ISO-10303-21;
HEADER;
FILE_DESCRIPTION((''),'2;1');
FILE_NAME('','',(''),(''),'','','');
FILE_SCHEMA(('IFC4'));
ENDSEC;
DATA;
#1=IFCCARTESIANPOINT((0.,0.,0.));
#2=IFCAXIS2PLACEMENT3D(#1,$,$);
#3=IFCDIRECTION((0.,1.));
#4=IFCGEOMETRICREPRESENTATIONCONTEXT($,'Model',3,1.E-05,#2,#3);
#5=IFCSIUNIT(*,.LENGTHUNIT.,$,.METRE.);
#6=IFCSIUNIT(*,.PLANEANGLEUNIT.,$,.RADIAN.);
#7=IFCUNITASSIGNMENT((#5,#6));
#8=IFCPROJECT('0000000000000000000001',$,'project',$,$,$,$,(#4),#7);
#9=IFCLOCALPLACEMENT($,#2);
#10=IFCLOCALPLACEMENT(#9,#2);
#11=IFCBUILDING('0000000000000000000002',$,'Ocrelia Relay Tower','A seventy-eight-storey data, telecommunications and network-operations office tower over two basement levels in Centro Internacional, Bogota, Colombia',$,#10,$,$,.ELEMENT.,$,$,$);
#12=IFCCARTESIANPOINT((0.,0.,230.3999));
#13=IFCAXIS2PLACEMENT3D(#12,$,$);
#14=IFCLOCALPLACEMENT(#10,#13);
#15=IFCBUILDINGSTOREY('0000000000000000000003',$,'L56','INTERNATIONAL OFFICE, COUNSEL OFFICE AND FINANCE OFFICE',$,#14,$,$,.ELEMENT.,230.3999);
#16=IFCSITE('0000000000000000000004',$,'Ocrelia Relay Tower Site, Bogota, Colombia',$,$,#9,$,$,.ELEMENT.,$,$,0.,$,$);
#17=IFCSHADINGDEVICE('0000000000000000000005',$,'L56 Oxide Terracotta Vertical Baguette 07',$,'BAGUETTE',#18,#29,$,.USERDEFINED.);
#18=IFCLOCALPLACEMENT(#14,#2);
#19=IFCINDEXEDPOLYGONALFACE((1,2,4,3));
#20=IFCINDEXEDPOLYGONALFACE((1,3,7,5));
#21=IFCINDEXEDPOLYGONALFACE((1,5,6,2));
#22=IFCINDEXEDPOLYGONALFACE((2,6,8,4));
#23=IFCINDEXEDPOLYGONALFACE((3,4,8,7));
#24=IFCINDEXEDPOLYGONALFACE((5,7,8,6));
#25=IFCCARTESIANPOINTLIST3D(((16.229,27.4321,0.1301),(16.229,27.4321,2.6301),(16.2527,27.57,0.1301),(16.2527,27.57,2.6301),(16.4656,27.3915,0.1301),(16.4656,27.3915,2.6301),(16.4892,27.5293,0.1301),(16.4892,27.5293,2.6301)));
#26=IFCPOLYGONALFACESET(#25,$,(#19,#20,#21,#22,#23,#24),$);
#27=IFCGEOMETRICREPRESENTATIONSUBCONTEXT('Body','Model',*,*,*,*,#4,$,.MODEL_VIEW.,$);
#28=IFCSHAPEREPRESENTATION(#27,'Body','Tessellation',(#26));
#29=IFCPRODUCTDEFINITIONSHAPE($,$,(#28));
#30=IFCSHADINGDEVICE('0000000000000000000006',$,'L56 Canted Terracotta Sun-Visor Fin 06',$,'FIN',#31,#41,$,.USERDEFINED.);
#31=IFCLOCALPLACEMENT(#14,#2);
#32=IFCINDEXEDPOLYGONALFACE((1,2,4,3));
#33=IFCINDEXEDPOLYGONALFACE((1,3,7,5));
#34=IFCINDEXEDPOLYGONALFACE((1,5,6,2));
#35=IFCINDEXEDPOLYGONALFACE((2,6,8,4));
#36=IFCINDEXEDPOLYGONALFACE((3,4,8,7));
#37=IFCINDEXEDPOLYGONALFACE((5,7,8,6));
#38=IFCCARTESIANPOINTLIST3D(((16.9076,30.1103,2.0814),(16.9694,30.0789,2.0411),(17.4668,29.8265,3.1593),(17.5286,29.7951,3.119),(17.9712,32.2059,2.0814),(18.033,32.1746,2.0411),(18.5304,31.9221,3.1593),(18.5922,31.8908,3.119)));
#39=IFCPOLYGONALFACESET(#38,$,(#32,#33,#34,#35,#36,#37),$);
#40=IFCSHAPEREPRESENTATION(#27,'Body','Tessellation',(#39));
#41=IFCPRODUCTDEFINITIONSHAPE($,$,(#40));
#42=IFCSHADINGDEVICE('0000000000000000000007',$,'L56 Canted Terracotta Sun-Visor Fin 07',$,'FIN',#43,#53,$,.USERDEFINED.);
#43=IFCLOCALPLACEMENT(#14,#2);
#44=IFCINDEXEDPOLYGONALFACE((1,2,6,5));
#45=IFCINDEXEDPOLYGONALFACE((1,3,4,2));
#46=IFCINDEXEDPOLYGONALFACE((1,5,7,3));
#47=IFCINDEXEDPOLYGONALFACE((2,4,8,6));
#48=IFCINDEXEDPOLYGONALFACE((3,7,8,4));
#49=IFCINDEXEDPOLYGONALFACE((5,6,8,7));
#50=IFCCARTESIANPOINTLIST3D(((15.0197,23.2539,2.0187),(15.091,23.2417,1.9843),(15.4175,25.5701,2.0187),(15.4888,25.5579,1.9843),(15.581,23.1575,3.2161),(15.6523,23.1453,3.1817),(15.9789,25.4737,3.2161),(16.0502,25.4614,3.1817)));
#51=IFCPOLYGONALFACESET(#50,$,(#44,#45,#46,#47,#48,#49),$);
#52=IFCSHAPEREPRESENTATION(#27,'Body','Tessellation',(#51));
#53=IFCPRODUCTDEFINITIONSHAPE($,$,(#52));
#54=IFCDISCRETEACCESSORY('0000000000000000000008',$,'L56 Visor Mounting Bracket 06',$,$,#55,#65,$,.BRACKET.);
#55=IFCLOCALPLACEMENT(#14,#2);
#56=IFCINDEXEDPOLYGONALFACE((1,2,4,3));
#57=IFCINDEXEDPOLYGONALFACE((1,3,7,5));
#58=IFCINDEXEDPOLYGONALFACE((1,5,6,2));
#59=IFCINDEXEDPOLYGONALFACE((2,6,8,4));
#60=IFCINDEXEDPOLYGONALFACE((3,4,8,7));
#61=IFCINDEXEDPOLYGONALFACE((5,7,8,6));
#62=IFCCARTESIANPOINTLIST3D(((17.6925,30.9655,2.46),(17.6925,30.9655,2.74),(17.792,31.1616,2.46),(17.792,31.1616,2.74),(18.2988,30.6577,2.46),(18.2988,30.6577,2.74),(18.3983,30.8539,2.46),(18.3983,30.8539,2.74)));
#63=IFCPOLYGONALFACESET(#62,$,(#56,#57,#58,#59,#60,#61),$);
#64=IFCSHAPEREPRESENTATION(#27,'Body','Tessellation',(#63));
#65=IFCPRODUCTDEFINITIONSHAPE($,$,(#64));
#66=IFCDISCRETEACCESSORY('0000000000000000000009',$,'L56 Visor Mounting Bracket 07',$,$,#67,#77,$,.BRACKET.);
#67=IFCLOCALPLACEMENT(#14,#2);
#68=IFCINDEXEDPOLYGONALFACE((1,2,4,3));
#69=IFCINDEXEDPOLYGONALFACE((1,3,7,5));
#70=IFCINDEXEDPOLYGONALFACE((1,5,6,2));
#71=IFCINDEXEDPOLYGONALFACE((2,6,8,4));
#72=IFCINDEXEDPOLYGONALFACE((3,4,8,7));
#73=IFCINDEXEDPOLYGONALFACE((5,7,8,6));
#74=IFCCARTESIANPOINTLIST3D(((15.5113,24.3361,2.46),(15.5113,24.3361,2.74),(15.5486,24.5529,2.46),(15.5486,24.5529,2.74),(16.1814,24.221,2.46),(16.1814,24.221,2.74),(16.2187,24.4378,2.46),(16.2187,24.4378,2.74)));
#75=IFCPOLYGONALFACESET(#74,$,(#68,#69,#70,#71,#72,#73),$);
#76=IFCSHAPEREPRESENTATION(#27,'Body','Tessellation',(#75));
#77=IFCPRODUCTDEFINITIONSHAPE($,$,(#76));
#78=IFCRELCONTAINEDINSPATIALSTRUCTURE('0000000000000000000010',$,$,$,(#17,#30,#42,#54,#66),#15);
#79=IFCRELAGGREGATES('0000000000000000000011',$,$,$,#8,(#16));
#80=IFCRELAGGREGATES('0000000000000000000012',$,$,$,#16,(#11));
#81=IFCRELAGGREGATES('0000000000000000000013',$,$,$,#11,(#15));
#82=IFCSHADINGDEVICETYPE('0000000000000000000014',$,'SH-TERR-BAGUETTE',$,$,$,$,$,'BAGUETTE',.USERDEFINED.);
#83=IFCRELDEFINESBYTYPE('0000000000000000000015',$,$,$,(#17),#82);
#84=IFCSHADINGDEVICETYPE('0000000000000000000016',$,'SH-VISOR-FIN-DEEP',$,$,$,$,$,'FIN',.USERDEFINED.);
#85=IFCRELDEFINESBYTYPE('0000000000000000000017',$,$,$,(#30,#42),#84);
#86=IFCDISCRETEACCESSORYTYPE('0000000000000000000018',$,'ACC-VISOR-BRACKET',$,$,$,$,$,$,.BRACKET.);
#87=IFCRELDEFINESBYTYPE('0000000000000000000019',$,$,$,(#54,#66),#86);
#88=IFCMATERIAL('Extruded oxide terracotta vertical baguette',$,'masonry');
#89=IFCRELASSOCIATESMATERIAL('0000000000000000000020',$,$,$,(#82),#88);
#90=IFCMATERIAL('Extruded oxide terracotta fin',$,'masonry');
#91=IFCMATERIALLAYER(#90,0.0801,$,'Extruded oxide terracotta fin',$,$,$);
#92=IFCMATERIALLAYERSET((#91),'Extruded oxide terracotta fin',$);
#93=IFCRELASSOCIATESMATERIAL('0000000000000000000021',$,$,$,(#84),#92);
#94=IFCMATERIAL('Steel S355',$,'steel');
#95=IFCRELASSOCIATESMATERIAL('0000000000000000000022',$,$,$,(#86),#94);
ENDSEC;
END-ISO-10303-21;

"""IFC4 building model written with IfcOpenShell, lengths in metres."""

from ifc_helpers import new_model, si_unit, direction, frame, origin, origin_2d, place, context, subcontext, project, spatial, rectangle, extrude, material, layer, layer_set, type_object, element, save


model = new_model("IFC4")

# Units and contexts
model_context = context("Model", 3, precision=1e-05, world=origin(), true_north=direction((0.0, 1.0)))
body_context = subcontext(model_context, "Body", "Model", "MODEL_VIEW")
ifc_project = project(units=[si_unit("LENGTHUNIT", "METRE"), si_unit("PLANEANGLEUNIT", "RADIAN")], contexts=[model_context])

# Site, building, storey
site_placement = place(None, origin())
site = spatial("IfcSite", under=ifc_project, at=site_placement, Name="Ocrelia Relay Tower Site, Bogota, Colombia", CompositionType="ELEMENT", RefElevation=0.0)
building_placement = place(site_placement, origin())
building = spatial("IfcBuilding", under=site, at=building_placement, Name="Ocrelia Relay Tower", Description="A seventy-eight-storey data, telecommunications and network-operations office tower over two basement levels in Centro Internacional, Bogota, Colombia", CompositionType="ELEMENT")
storey_placement = place(building_placement, frame((0.0, 0.0, 230.3999)))
storey = spatial("IfcBuildingStorey", under=building, at=storey_placement, Name="L56", Description="INTERNATIONAL OFFICE, COUNSEL OFFICE AND FINANCE OFFICE", CompositionType="ELEMENT", Elevation=230.3999)

# Shared definitions
ifc_material_1 = material(Name="Steel S355", Category="steel")

# Shading devices
ifc_material_2 = material(Name="Extruded oxide terracotta vertical baguette", Category="masonry")
shading_device_type_1 = type_object("IfcShadingDeviceType", Name="SH-TERR-BAGUETTE", ElementType="BAGUETTE", PredefinedType="USERDEFINED", material=ifc_material_2)
shading_device_1_placement = place(storey_placement, frame((16.3591, 27.4807, 0.1301), z_axis=(0.0, 0.0, 1.0), x_axis=(-0.169289, -0.985566, 0.0)))
element("IfcShadingDevice", 1, at=shading_device_1_placement, inside=storey, type_object=shading_device_type_1, Name="L56 Oxide Terracotta Vertical Baguette 07", ObjectType="BAGUETTE", PredefinedType="USERDEFINED", context=body_context, shape_type="SweptSolid", body=[
    extrude(rectangle(XDim=0.1399, YDim=0.24, at=origin_2d()), origin(), (0.0, 0.0, 1.0), 2.5),
])
ifc_material_3 = material(Name="Extruded oxide terracotta fin", Category="masonry")
ifc_layer_1 = layer(ifc_material_3, 0.0801, Name="Extruded oxide terracotta fin")
ifc_layer_set_1 = layer_set([ifc_layer_1], Name="Extruded oxide terracotta fin")
shading_device_type_2 = type_object("IfcShadingDeviceType", Name="SH-VISOR-FIN-DEEP", ElementType="FIN", PredefinedType="USERDEFINED", material=ifc_layer_set_1)
shading_device_2_placement = place(storey_placement, frame((17.7808, 30.9849, 2.5801), z_axis=(-0.770775, 0.391188, 0.502869), x_axis=(-0.452574, -0.891727, 0.0)))
element("IfcShadingDevice", 2, at=shading_device_2_placement, inside=storey, type_object=shading_device_type_2, Name="L56 Canted Terracotta Sun-Visor Fin 06", ObjectType="FIN", PredefinedType="USERDEFINED", context=body_context, shape_type="SweptSolid", body=[
    extrude(rectangle(XDim=2.3501, YDim=1.2471, at=origin_2d()), origin(), (0.0, 0.0, 1.0), 0.0801),
])
shading_device_3_placement = place(storey_placement, frame((15.5706, 24.3516, 2.583), z_axis=(-0.890002, 0.152874, 0.429566), x_axis=(-0.169289, -0.985566, 0.0)))
element("IfcShadingDevice", 3, at=shading_device_3_placement, inside=storey, type_object=shading_device_type_2, Name="L56 Canted Terracotta Sun-Visor Fin 07", ObjectType="FIN", PredefinedType="USERDEFINED", context=body_context, shape_type="SweptSolid", body=[
    extrude(rectangle(XDim=2.3501, YDim=1.3259, at=origin_2d()), origin(), (0.0, 0.0, 1.0), 0.0801),
])

# Discrete accessories
discrete_accessory_type = type_object("IfcDiscreteAccessoryType", Name="ACC-VISOR-BRACKET", PredefinedType="BRACKET", material=ifc_material_1)
for number, where, z_axis, x_axis, name in (
    (4, (18.0454, 30.9097, 2.46), (0.0, 0.0, 1.0), (-0.452574, -0.891727, 0.0), "L56 Visor Mounting Bracket 06"),
    (5, (15.865, 24.387, 2.46), (0.0, 0.0, 1.0), (-0.169289, -0.985566, 0.0), "L56 Visor Mounting Bracket 07"),
):
    element("IfcDiscreteAccessory", number, at=place(storey_placement, frame(where, z_axis=z_axis, x_axis=x_axis)), inside=storey, type_object=discrete_accessory_type, Name=name, PredefinedType="BRACKET", context=body_context, shape_type="SweptSolid", body=[
        extrude(rectangle(XDim=0.22, YDim=0.6799, at=origin_2d()), origin(), (0.0, 0.0, 1.0), 0.28),
    ])

save(model, "model.ifc")
